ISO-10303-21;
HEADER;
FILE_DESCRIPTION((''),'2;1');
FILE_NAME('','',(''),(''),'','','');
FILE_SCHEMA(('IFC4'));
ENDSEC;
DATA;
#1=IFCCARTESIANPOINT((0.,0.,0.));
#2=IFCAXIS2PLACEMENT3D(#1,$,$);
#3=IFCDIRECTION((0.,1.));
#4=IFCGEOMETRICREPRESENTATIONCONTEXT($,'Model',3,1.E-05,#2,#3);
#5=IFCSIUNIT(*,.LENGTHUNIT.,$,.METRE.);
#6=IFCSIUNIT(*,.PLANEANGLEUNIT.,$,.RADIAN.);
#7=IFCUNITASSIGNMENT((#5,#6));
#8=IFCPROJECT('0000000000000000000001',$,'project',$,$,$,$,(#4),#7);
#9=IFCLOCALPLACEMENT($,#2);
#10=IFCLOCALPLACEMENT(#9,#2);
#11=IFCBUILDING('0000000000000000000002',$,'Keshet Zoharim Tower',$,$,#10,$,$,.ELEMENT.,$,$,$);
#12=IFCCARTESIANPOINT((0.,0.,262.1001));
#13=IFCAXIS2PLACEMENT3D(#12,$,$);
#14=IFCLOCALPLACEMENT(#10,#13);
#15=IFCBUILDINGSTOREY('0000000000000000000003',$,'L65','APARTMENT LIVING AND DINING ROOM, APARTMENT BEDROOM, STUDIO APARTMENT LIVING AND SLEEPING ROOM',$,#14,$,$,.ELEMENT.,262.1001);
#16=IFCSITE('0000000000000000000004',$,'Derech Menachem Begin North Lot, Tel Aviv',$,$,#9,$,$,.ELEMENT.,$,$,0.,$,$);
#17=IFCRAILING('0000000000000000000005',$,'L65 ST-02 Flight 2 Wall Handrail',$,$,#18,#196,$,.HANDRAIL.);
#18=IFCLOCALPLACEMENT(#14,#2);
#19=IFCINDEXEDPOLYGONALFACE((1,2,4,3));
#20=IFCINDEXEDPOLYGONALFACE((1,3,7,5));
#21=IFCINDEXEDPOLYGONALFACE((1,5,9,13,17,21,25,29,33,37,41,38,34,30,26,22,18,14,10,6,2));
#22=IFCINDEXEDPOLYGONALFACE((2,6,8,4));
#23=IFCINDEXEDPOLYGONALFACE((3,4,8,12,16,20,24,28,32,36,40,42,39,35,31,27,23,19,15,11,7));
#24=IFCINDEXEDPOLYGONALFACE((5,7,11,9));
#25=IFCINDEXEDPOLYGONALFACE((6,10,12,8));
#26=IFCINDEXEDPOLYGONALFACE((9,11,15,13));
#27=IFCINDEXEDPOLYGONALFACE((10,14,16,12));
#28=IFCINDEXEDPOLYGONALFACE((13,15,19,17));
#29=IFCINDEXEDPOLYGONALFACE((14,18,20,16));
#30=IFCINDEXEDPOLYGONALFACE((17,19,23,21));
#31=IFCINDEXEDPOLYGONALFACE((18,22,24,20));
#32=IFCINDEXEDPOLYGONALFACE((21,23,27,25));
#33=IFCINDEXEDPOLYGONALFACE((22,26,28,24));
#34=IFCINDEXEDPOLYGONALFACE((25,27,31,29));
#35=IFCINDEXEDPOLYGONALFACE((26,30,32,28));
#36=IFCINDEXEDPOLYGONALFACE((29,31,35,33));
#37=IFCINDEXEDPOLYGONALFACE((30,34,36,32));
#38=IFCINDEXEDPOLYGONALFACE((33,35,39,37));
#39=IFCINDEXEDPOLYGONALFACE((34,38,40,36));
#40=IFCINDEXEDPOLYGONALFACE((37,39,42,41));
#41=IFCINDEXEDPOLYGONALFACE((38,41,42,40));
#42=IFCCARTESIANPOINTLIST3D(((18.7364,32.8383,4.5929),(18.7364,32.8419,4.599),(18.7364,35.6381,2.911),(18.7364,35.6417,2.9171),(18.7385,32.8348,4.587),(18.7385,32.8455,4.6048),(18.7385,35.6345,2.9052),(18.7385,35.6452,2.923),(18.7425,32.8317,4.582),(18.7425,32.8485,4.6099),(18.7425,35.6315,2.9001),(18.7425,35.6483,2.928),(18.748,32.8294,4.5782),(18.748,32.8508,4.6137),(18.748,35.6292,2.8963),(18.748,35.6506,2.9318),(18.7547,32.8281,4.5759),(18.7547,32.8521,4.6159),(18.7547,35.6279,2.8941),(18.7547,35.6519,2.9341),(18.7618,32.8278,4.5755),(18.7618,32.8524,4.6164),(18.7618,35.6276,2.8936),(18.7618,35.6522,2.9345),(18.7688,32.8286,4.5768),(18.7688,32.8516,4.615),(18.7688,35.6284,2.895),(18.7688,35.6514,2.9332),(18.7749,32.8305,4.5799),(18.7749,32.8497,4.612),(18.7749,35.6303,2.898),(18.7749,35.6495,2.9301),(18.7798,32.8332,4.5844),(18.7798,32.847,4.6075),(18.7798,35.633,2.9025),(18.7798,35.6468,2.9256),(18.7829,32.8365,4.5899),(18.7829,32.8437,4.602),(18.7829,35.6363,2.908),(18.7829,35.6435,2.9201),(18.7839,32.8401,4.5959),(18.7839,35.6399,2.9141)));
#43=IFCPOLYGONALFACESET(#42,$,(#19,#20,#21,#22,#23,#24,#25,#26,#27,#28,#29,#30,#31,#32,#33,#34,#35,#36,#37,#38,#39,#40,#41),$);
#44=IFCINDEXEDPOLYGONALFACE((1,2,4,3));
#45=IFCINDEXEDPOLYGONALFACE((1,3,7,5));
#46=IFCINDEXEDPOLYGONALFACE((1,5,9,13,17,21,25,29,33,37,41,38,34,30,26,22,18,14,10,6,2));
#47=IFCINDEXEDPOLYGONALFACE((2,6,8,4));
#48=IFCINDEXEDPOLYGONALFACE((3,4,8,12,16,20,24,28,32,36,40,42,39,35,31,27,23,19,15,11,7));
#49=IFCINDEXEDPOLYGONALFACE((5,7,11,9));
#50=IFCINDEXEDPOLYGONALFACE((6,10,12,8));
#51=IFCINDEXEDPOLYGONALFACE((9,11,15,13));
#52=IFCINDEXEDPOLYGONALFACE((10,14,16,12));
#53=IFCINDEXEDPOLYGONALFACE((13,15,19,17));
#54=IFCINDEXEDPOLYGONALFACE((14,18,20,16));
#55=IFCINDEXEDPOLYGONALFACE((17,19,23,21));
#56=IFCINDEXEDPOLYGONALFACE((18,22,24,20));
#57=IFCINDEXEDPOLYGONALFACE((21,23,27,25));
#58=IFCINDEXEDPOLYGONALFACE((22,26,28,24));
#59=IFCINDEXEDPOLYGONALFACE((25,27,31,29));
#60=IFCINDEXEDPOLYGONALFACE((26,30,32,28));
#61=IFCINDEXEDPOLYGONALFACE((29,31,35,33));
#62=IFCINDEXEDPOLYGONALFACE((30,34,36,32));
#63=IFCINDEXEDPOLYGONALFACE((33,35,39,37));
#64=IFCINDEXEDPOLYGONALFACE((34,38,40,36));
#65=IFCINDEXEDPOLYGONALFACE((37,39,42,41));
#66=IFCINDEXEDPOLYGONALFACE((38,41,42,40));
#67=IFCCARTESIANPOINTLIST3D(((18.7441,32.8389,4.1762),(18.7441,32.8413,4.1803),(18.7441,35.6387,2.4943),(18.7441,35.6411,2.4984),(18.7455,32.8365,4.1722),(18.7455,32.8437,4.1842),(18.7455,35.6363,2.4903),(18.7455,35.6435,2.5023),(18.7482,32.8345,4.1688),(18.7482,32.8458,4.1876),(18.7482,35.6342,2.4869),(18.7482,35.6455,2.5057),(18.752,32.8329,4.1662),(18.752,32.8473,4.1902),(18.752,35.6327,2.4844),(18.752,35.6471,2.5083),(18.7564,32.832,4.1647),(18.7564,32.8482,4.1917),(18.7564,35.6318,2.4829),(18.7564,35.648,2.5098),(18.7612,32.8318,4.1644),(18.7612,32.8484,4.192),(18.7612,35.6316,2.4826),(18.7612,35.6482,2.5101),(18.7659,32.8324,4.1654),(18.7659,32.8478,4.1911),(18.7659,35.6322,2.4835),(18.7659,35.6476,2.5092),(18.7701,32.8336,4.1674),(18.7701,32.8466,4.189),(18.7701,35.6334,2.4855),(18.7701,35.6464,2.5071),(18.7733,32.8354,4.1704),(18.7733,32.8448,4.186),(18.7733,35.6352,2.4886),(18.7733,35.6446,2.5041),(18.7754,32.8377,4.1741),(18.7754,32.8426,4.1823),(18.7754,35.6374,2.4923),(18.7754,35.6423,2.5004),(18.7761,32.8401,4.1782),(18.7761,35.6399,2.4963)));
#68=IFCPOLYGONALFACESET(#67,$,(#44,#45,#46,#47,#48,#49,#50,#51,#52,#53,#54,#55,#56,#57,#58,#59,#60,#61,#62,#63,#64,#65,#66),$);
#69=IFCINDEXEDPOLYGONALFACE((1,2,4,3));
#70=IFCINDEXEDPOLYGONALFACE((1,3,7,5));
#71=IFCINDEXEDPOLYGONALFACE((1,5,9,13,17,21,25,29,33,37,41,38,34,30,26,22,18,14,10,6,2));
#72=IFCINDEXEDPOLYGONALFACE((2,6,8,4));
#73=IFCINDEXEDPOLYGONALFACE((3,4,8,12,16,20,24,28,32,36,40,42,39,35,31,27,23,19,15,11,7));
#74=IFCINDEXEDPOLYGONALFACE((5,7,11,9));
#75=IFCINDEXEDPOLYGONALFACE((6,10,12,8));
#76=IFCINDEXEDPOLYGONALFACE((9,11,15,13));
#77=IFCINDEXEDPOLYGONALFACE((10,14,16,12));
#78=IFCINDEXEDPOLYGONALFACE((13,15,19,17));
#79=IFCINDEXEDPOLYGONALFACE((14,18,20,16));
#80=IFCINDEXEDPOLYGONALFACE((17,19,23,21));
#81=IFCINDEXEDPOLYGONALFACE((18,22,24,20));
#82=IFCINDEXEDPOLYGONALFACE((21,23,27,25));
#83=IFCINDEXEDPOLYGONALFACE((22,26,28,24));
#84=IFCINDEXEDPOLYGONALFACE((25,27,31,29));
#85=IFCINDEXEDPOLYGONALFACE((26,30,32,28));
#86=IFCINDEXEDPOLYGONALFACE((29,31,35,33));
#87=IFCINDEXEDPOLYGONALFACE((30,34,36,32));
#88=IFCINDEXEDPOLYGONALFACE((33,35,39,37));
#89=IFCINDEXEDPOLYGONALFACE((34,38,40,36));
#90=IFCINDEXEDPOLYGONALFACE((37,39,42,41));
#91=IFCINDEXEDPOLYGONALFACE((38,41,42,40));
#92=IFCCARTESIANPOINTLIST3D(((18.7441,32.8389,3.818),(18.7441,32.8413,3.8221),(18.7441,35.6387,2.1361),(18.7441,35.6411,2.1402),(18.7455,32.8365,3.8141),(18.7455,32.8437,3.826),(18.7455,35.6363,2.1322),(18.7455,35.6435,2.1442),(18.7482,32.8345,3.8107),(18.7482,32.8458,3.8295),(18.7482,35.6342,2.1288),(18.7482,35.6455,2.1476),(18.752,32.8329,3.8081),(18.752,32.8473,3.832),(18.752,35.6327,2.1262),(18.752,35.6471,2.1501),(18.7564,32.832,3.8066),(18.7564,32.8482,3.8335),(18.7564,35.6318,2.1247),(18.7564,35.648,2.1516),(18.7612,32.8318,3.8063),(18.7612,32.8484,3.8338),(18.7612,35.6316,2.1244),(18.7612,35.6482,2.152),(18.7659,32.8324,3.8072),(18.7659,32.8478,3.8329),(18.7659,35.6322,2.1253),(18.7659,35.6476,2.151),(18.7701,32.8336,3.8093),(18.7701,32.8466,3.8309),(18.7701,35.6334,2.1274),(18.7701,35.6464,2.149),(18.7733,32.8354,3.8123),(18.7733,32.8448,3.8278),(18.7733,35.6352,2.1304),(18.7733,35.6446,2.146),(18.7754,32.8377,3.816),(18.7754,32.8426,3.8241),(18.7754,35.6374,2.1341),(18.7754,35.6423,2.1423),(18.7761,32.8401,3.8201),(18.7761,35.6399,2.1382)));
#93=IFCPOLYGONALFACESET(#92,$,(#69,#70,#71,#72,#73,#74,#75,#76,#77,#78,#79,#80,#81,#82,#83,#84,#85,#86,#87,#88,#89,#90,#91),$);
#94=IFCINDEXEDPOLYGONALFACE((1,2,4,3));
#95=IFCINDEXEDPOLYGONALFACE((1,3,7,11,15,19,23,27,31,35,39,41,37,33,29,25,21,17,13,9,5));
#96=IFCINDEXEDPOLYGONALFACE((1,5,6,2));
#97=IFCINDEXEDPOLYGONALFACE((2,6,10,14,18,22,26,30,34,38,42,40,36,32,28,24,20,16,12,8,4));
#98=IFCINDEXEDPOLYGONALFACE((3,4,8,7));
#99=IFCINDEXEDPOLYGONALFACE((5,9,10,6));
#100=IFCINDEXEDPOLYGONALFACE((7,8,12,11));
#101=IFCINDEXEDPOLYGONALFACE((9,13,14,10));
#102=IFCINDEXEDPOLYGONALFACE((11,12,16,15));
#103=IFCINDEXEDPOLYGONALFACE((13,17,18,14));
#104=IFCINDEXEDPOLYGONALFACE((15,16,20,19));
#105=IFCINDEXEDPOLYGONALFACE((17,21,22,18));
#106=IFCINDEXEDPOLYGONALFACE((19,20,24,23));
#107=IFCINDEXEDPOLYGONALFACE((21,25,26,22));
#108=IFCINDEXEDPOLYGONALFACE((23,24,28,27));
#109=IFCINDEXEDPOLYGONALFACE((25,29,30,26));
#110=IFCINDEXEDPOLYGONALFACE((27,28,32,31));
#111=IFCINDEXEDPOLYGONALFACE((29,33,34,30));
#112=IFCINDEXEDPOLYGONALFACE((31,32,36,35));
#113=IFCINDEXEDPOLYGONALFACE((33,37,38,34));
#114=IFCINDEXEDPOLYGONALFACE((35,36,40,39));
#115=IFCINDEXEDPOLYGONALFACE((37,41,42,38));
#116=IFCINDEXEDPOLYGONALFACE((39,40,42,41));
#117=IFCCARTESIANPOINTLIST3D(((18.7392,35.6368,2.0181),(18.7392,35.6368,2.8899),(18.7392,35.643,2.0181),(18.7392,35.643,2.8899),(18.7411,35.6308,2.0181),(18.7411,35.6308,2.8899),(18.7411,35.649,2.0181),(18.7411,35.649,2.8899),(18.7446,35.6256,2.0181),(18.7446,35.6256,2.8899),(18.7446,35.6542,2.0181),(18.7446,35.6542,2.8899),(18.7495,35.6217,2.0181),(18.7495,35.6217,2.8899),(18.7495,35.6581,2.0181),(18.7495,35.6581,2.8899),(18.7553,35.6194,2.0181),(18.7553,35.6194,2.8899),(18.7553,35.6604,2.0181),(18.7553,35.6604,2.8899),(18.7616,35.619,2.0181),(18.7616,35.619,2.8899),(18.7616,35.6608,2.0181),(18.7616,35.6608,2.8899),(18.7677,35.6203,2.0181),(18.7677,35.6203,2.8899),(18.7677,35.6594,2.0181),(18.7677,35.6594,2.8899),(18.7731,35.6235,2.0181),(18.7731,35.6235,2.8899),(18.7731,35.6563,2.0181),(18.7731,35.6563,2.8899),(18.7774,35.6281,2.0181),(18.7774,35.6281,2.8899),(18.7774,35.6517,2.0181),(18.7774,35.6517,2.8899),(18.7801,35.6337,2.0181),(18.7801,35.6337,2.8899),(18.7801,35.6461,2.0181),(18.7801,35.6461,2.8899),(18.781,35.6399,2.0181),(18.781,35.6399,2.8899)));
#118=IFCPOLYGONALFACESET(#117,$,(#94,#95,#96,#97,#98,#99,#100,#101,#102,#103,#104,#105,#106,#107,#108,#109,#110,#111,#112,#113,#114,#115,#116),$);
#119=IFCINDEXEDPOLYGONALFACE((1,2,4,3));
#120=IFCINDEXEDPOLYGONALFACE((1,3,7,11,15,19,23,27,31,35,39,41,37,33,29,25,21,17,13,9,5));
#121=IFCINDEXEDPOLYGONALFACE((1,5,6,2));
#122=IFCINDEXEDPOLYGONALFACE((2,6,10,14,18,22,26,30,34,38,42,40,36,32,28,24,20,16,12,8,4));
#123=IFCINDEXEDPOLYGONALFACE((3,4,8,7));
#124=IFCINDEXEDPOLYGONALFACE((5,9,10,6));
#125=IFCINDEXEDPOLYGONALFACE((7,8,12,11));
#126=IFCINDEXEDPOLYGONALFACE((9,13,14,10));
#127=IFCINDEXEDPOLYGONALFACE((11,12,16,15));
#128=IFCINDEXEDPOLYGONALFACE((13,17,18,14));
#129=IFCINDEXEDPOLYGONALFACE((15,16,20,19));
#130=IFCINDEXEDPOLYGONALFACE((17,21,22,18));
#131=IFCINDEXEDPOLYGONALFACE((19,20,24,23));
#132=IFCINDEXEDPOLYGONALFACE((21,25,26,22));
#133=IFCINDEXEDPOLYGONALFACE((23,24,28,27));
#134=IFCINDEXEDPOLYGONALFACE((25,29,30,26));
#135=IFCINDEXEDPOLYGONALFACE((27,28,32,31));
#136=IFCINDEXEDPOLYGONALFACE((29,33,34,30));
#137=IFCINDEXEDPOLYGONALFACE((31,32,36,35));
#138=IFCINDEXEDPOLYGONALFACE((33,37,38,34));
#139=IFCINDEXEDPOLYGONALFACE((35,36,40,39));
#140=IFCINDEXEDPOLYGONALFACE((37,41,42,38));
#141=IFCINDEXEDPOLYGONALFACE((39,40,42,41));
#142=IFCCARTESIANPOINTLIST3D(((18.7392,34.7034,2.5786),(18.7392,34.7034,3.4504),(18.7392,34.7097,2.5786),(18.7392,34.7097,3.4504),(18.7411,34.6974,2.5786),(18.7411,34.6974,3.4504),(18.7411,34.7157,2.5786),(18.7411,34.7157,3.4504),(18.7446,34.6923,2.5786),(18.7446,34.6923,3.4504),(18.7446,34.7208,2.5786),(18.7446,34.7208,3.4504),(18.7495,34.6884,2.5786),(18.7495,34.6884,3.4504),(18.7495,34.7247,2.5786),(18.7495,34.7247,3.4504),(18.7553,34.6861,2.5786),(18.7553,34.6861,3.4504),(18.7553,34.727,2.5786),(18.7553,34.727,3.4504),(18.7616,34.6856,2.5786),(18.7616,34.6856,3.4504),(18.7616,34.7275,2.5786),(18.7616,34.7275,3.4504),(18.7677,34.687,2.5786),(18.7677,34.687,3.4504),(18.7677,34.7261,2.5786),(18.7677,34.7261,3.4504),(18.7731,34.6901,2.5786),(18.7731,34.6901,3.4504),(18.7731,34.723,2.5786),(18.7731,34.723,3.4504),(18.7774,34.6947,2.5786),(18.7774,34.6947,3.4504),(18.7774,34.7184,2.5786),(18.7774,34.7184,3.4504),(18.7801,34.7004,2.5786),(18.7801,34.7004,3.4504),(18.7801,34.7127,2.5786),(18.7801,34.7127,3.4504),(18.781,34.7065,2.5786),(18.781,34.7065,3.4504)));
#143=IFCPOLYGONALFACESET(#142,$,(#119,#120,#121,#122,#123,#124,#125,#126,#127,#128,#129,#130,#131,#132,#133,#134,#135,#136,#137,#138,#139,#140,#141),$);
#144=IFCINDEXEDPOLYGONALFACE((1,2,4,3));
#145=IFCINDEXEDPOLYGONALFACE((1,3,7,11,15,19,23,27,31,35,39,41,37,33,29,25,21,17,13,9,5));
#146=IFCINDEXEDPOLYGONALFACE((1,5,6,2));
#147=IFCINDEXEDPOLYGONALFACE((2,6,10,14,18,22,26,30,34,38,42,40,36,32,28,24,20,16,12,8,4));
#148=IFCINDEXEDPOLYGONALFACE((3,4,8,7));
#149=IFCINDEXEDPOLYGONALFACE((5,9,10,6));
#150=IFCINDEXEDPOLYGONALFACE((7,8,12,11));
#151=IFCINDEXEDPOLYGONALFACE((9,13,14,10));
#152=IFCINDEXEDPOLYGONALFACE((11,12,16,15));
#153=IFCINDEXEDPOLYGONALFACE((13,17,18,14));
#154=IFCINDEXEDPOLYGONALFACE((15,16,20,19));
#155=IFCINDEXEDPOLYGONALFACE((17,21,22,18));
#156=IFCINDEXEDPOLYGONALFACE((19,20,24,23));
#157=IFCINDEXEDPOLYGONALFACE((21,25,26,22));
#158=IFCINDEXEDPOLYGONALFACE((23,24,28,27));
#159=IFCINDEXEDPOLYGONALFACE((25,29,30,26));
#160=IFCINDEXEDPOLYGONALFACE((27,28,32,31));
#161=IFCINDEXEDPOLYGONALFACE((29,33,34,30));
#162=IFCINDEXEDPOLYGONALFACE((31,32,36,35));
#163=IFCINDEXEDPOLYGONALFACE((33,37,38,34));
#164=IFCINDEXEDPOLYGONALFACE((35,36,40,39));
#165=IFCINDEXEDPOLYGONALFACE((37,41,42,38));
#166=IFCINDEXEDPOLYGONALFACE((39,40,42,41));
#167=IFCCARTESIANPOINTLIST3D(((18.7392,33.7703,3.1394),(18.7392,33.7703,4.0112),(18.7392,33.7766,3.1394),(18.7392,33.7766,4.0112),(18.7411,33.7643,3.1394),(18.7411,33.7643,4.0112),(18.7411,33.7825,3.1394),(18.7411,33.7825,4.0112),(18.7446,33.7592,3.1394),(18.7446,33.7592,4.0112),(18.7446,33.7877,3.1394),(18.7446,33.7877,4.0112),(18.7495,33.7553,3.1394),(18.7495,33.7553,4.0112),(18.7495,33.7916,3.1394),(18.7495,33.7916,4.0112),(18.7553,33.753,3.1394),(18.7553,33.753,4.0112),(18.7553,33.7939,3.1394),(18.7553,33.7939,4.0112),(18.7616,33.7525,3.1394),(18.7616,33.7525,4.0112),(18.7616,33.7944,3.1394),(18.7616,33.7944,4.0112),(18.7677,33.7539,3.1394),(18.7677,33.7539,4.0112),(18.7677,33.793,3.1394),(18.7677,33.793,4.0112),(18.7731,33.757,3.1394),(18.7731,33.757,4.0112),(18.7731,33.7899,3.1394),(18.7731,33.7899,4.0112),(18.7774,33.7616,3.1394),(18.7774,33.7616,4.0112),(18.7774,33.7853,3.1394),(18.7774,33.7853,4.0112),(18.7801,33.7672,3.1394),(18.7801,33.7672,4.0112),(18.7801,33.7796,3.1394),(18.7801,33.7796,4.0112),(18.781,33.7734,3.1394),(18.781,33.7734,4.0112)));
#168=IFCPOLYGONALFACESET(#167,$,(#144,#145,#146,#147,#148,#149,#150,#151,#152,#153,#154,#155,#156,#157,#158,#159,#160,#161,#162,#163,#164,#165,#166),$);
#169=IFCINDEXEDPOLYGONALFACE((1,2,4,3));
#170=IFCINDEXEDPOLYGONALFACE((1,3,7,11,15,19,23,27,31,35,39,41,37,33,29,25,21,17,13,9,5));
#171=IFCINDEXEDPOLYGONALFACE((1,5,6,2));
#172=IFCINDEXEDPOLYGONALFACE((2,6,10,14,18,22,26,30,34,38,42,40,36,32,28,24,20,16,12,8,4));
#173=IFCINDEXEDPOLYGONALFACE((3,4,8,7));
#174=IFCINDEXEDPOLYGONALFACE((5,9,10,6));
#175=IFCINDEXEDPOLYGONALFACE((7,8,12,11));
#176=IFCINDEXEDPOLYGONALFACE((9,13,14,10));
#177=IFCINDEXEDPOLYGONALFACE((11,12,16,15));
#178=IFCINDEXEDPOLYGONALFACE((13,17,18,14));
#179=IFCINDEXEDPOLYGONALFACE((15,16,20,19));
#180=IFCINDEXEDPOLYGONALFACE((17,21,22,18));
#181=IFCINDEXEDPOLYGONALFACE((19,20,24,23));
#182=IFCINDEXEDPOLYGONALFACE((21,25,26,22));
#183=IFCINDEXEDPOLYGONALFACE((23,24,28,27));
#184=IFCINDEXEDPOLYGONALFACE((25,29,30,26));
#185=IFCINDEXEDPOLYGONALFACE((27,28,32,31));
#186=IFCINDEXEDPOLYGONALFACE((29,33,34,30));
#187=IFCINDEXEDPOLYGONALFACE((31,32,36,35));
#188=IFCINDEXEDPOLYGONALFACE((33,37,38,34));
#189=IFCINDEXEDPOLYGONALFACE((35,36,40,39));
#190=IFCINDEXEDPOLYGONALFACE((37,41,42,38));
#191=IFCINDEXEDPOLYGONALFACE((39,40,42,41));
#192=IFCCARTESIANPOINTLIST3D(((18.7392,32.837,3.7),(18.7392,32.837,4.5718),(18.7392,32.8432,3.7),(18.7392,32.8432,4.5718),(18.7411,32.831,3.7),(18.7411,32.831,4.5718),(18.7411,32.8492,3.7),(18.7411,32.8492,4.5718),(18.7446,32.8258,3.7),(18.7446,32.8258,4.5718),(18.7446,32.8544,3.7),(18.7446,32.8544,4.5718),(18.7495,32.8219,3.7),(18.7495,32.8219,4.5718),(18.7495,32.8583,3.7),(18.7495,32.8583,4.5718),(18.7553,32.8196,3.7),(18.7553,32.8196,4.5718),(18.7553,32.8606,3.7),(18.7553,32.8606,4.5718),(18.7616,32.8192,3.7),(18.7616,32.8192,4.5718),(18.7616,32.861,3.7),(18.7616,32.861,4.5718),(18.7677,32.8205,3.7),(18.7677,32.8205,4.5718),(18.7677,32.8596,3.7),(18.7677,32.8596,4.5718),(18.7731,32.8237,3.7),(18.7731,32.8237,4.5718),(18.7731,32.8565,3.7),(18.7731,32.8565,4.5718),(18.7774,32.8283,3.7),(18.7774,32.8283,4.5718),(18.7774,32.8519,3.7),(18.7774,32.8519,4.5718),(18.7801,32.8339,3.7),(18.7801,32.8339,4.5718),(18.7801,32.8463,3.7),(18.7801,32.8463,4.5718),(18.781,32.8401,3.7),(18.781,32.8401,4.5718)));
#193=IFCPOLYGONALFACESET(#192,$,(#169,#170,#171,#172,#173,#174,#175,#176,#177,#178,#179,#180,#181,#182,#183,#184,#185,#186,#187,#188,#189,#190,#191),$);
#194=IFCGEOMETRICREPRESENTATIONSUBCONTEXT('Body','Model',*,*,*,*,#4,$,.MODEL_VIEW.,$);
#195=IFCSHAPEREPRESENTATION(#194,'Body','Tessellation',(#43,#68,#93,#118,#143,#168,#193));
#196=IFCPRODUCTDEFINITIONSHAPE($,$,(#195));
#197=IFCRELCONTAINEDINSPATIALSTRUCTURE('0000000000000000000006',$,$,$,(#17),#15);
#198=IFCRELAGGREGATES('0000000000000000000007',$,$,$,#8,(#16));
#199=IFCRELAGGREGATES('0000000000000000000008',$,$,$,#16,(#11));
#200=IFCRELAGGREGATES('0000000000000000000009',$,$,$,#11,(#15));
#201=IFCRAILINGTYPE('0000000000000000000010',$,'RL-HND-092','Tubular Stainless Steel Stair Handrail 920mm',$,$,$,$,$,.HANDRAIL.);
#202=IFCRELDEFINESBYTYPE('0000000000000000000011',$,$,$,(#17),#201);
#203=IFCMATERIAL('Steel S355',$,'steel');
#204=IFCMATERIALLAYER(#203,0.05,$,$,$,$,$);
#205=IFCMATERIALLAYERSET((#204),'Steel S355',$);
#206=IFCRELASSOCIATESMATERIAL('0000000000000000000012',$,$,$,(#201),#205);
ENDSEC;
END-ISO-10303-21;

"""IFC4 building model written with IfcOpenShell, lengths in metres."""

from ifc_helpers import new_model, si_unit, direction, frame, origin, origin_2d, place, context, subcontext, project, spatial, circle, extrude, material, layer, layer_set, type_object, element, save


model = new_model("IFC4")

# Units and contexts
model_context = context("Model", 3, precision=1e-05, world=origin(), true_north=direction((0.0, 1.0)))
body_context = subcontext(model_context, "Body", "Model", "MODEL_VIEW")
ifc_project = project(units=[si_unit("LENGTHUNIT", "METRE"), si_unit("PLANEANGLEUNIT", "RADIAN")], contexts=[model_context])

# Site, building, storey
site_placement = place(None, origin())
site = spatial("IfcSite", under=ifc_project, at=site_placement, Name="Derech Menachem Begin North Lot, Tel Aviv", CompositionType="ELEMENT", RefElevation=0.0)
building_placement = place(site_placement, origin())
building = spatial("IfcBuilding", under=site, at=building_placement, Name="Keshet Zoharim Tower", CompositionType="ELEMENT")
storey_placement = place(building_placement, frame((0.0, 0.0, 262.1001)))
storey = spatial("IfcBuildingStorey", under=building, at=storey_placement, Name="L65", Description="APARTMENT LIVING AND DINING ROOM, APARTMENT BEDROOM, STUDIO APARTMENT LIVING AND SLEEPING ROOM", CompositionType="ELEMENT", Elevation=262.1001)

# Shared definitions
ifc_material_1 = material(Name="Steel S355", Category="steel")

# Railing
ifc_layer_1 = layer(ifc_material_1, 0.05)
ifc_layer_set_1 = layer_set([ifc_layer_1], Name="Steel S355")
railing_type_1 = type_object("IfcRailingType", Name="RL-HND-092", Description="Tubular Stainless Steel Stair Handrail 920mm", PredefinedType="HANDRAIL", material=ifc_layer_set_1)
railing_1_placement = place(storey_placement, frame((18.76, 35.6399, 2.0181)))
element("IfcRailing", 1, at=railing_1_placement, inside=storey, type_object=railing_type_1, Name="L65 ST-02 Flight 2 Wall Handrail", PredefinedType="HANDRAIL", context=body_context, shape_type="SweptSolid", body=[
    extrude(circle(Radius=0.0239, at=origin_2d()), frame((0.0, 0.0, 0.896), z_axis=(0.0, -0.857222, 0.514946), x_axis=(1.0, 0.0, 0.0)), (0.0, 0.0, 1.0), 3.2661),
    extrude(circle(Radius=0.0161, at=origin_2d()), frame((0.0, 0.0, 0.4783), z_axis=(0.0, -0.857222, 0.514946), x_axis=(1.0, 0.0, 0.0)), (0.0, 0.0, 1.0), 3.2661),
    extrude(circle(Radius=0.0161, at=origin_2d()), frame((0.0, 0.0, 0.1201), z_axis=(0.0, -0.857222, 0.514946), x_axis=(1.0, 0.0, 0.0)), (0.0, 0.0, 1.0), 3.2661),
    extrude(circle(Radius=0.021, at=origin_2d()), origin(), (0.0, 0.0, 1.0), 0.8718),
    extrude(circle(Radius=0.021, at=origin_2d()), frame((0.0, -0.9333, 0.5605)), (0.0, 0.0, 1.0), 0.8718),
    extrude(circle(Radius=0.021, at=origin_2d()), frame((0.0, -1.8665, 1.1213)), (0.0, 0.0, 1.0), 0.8718),
    extrude(circle(Radius=0.021, at=origin_2d()), frame((0.0, -2.7998, 1.6819)), (0.0, 0.0, 1.0), 0.8718),
])

save(model, "model.ifc")
